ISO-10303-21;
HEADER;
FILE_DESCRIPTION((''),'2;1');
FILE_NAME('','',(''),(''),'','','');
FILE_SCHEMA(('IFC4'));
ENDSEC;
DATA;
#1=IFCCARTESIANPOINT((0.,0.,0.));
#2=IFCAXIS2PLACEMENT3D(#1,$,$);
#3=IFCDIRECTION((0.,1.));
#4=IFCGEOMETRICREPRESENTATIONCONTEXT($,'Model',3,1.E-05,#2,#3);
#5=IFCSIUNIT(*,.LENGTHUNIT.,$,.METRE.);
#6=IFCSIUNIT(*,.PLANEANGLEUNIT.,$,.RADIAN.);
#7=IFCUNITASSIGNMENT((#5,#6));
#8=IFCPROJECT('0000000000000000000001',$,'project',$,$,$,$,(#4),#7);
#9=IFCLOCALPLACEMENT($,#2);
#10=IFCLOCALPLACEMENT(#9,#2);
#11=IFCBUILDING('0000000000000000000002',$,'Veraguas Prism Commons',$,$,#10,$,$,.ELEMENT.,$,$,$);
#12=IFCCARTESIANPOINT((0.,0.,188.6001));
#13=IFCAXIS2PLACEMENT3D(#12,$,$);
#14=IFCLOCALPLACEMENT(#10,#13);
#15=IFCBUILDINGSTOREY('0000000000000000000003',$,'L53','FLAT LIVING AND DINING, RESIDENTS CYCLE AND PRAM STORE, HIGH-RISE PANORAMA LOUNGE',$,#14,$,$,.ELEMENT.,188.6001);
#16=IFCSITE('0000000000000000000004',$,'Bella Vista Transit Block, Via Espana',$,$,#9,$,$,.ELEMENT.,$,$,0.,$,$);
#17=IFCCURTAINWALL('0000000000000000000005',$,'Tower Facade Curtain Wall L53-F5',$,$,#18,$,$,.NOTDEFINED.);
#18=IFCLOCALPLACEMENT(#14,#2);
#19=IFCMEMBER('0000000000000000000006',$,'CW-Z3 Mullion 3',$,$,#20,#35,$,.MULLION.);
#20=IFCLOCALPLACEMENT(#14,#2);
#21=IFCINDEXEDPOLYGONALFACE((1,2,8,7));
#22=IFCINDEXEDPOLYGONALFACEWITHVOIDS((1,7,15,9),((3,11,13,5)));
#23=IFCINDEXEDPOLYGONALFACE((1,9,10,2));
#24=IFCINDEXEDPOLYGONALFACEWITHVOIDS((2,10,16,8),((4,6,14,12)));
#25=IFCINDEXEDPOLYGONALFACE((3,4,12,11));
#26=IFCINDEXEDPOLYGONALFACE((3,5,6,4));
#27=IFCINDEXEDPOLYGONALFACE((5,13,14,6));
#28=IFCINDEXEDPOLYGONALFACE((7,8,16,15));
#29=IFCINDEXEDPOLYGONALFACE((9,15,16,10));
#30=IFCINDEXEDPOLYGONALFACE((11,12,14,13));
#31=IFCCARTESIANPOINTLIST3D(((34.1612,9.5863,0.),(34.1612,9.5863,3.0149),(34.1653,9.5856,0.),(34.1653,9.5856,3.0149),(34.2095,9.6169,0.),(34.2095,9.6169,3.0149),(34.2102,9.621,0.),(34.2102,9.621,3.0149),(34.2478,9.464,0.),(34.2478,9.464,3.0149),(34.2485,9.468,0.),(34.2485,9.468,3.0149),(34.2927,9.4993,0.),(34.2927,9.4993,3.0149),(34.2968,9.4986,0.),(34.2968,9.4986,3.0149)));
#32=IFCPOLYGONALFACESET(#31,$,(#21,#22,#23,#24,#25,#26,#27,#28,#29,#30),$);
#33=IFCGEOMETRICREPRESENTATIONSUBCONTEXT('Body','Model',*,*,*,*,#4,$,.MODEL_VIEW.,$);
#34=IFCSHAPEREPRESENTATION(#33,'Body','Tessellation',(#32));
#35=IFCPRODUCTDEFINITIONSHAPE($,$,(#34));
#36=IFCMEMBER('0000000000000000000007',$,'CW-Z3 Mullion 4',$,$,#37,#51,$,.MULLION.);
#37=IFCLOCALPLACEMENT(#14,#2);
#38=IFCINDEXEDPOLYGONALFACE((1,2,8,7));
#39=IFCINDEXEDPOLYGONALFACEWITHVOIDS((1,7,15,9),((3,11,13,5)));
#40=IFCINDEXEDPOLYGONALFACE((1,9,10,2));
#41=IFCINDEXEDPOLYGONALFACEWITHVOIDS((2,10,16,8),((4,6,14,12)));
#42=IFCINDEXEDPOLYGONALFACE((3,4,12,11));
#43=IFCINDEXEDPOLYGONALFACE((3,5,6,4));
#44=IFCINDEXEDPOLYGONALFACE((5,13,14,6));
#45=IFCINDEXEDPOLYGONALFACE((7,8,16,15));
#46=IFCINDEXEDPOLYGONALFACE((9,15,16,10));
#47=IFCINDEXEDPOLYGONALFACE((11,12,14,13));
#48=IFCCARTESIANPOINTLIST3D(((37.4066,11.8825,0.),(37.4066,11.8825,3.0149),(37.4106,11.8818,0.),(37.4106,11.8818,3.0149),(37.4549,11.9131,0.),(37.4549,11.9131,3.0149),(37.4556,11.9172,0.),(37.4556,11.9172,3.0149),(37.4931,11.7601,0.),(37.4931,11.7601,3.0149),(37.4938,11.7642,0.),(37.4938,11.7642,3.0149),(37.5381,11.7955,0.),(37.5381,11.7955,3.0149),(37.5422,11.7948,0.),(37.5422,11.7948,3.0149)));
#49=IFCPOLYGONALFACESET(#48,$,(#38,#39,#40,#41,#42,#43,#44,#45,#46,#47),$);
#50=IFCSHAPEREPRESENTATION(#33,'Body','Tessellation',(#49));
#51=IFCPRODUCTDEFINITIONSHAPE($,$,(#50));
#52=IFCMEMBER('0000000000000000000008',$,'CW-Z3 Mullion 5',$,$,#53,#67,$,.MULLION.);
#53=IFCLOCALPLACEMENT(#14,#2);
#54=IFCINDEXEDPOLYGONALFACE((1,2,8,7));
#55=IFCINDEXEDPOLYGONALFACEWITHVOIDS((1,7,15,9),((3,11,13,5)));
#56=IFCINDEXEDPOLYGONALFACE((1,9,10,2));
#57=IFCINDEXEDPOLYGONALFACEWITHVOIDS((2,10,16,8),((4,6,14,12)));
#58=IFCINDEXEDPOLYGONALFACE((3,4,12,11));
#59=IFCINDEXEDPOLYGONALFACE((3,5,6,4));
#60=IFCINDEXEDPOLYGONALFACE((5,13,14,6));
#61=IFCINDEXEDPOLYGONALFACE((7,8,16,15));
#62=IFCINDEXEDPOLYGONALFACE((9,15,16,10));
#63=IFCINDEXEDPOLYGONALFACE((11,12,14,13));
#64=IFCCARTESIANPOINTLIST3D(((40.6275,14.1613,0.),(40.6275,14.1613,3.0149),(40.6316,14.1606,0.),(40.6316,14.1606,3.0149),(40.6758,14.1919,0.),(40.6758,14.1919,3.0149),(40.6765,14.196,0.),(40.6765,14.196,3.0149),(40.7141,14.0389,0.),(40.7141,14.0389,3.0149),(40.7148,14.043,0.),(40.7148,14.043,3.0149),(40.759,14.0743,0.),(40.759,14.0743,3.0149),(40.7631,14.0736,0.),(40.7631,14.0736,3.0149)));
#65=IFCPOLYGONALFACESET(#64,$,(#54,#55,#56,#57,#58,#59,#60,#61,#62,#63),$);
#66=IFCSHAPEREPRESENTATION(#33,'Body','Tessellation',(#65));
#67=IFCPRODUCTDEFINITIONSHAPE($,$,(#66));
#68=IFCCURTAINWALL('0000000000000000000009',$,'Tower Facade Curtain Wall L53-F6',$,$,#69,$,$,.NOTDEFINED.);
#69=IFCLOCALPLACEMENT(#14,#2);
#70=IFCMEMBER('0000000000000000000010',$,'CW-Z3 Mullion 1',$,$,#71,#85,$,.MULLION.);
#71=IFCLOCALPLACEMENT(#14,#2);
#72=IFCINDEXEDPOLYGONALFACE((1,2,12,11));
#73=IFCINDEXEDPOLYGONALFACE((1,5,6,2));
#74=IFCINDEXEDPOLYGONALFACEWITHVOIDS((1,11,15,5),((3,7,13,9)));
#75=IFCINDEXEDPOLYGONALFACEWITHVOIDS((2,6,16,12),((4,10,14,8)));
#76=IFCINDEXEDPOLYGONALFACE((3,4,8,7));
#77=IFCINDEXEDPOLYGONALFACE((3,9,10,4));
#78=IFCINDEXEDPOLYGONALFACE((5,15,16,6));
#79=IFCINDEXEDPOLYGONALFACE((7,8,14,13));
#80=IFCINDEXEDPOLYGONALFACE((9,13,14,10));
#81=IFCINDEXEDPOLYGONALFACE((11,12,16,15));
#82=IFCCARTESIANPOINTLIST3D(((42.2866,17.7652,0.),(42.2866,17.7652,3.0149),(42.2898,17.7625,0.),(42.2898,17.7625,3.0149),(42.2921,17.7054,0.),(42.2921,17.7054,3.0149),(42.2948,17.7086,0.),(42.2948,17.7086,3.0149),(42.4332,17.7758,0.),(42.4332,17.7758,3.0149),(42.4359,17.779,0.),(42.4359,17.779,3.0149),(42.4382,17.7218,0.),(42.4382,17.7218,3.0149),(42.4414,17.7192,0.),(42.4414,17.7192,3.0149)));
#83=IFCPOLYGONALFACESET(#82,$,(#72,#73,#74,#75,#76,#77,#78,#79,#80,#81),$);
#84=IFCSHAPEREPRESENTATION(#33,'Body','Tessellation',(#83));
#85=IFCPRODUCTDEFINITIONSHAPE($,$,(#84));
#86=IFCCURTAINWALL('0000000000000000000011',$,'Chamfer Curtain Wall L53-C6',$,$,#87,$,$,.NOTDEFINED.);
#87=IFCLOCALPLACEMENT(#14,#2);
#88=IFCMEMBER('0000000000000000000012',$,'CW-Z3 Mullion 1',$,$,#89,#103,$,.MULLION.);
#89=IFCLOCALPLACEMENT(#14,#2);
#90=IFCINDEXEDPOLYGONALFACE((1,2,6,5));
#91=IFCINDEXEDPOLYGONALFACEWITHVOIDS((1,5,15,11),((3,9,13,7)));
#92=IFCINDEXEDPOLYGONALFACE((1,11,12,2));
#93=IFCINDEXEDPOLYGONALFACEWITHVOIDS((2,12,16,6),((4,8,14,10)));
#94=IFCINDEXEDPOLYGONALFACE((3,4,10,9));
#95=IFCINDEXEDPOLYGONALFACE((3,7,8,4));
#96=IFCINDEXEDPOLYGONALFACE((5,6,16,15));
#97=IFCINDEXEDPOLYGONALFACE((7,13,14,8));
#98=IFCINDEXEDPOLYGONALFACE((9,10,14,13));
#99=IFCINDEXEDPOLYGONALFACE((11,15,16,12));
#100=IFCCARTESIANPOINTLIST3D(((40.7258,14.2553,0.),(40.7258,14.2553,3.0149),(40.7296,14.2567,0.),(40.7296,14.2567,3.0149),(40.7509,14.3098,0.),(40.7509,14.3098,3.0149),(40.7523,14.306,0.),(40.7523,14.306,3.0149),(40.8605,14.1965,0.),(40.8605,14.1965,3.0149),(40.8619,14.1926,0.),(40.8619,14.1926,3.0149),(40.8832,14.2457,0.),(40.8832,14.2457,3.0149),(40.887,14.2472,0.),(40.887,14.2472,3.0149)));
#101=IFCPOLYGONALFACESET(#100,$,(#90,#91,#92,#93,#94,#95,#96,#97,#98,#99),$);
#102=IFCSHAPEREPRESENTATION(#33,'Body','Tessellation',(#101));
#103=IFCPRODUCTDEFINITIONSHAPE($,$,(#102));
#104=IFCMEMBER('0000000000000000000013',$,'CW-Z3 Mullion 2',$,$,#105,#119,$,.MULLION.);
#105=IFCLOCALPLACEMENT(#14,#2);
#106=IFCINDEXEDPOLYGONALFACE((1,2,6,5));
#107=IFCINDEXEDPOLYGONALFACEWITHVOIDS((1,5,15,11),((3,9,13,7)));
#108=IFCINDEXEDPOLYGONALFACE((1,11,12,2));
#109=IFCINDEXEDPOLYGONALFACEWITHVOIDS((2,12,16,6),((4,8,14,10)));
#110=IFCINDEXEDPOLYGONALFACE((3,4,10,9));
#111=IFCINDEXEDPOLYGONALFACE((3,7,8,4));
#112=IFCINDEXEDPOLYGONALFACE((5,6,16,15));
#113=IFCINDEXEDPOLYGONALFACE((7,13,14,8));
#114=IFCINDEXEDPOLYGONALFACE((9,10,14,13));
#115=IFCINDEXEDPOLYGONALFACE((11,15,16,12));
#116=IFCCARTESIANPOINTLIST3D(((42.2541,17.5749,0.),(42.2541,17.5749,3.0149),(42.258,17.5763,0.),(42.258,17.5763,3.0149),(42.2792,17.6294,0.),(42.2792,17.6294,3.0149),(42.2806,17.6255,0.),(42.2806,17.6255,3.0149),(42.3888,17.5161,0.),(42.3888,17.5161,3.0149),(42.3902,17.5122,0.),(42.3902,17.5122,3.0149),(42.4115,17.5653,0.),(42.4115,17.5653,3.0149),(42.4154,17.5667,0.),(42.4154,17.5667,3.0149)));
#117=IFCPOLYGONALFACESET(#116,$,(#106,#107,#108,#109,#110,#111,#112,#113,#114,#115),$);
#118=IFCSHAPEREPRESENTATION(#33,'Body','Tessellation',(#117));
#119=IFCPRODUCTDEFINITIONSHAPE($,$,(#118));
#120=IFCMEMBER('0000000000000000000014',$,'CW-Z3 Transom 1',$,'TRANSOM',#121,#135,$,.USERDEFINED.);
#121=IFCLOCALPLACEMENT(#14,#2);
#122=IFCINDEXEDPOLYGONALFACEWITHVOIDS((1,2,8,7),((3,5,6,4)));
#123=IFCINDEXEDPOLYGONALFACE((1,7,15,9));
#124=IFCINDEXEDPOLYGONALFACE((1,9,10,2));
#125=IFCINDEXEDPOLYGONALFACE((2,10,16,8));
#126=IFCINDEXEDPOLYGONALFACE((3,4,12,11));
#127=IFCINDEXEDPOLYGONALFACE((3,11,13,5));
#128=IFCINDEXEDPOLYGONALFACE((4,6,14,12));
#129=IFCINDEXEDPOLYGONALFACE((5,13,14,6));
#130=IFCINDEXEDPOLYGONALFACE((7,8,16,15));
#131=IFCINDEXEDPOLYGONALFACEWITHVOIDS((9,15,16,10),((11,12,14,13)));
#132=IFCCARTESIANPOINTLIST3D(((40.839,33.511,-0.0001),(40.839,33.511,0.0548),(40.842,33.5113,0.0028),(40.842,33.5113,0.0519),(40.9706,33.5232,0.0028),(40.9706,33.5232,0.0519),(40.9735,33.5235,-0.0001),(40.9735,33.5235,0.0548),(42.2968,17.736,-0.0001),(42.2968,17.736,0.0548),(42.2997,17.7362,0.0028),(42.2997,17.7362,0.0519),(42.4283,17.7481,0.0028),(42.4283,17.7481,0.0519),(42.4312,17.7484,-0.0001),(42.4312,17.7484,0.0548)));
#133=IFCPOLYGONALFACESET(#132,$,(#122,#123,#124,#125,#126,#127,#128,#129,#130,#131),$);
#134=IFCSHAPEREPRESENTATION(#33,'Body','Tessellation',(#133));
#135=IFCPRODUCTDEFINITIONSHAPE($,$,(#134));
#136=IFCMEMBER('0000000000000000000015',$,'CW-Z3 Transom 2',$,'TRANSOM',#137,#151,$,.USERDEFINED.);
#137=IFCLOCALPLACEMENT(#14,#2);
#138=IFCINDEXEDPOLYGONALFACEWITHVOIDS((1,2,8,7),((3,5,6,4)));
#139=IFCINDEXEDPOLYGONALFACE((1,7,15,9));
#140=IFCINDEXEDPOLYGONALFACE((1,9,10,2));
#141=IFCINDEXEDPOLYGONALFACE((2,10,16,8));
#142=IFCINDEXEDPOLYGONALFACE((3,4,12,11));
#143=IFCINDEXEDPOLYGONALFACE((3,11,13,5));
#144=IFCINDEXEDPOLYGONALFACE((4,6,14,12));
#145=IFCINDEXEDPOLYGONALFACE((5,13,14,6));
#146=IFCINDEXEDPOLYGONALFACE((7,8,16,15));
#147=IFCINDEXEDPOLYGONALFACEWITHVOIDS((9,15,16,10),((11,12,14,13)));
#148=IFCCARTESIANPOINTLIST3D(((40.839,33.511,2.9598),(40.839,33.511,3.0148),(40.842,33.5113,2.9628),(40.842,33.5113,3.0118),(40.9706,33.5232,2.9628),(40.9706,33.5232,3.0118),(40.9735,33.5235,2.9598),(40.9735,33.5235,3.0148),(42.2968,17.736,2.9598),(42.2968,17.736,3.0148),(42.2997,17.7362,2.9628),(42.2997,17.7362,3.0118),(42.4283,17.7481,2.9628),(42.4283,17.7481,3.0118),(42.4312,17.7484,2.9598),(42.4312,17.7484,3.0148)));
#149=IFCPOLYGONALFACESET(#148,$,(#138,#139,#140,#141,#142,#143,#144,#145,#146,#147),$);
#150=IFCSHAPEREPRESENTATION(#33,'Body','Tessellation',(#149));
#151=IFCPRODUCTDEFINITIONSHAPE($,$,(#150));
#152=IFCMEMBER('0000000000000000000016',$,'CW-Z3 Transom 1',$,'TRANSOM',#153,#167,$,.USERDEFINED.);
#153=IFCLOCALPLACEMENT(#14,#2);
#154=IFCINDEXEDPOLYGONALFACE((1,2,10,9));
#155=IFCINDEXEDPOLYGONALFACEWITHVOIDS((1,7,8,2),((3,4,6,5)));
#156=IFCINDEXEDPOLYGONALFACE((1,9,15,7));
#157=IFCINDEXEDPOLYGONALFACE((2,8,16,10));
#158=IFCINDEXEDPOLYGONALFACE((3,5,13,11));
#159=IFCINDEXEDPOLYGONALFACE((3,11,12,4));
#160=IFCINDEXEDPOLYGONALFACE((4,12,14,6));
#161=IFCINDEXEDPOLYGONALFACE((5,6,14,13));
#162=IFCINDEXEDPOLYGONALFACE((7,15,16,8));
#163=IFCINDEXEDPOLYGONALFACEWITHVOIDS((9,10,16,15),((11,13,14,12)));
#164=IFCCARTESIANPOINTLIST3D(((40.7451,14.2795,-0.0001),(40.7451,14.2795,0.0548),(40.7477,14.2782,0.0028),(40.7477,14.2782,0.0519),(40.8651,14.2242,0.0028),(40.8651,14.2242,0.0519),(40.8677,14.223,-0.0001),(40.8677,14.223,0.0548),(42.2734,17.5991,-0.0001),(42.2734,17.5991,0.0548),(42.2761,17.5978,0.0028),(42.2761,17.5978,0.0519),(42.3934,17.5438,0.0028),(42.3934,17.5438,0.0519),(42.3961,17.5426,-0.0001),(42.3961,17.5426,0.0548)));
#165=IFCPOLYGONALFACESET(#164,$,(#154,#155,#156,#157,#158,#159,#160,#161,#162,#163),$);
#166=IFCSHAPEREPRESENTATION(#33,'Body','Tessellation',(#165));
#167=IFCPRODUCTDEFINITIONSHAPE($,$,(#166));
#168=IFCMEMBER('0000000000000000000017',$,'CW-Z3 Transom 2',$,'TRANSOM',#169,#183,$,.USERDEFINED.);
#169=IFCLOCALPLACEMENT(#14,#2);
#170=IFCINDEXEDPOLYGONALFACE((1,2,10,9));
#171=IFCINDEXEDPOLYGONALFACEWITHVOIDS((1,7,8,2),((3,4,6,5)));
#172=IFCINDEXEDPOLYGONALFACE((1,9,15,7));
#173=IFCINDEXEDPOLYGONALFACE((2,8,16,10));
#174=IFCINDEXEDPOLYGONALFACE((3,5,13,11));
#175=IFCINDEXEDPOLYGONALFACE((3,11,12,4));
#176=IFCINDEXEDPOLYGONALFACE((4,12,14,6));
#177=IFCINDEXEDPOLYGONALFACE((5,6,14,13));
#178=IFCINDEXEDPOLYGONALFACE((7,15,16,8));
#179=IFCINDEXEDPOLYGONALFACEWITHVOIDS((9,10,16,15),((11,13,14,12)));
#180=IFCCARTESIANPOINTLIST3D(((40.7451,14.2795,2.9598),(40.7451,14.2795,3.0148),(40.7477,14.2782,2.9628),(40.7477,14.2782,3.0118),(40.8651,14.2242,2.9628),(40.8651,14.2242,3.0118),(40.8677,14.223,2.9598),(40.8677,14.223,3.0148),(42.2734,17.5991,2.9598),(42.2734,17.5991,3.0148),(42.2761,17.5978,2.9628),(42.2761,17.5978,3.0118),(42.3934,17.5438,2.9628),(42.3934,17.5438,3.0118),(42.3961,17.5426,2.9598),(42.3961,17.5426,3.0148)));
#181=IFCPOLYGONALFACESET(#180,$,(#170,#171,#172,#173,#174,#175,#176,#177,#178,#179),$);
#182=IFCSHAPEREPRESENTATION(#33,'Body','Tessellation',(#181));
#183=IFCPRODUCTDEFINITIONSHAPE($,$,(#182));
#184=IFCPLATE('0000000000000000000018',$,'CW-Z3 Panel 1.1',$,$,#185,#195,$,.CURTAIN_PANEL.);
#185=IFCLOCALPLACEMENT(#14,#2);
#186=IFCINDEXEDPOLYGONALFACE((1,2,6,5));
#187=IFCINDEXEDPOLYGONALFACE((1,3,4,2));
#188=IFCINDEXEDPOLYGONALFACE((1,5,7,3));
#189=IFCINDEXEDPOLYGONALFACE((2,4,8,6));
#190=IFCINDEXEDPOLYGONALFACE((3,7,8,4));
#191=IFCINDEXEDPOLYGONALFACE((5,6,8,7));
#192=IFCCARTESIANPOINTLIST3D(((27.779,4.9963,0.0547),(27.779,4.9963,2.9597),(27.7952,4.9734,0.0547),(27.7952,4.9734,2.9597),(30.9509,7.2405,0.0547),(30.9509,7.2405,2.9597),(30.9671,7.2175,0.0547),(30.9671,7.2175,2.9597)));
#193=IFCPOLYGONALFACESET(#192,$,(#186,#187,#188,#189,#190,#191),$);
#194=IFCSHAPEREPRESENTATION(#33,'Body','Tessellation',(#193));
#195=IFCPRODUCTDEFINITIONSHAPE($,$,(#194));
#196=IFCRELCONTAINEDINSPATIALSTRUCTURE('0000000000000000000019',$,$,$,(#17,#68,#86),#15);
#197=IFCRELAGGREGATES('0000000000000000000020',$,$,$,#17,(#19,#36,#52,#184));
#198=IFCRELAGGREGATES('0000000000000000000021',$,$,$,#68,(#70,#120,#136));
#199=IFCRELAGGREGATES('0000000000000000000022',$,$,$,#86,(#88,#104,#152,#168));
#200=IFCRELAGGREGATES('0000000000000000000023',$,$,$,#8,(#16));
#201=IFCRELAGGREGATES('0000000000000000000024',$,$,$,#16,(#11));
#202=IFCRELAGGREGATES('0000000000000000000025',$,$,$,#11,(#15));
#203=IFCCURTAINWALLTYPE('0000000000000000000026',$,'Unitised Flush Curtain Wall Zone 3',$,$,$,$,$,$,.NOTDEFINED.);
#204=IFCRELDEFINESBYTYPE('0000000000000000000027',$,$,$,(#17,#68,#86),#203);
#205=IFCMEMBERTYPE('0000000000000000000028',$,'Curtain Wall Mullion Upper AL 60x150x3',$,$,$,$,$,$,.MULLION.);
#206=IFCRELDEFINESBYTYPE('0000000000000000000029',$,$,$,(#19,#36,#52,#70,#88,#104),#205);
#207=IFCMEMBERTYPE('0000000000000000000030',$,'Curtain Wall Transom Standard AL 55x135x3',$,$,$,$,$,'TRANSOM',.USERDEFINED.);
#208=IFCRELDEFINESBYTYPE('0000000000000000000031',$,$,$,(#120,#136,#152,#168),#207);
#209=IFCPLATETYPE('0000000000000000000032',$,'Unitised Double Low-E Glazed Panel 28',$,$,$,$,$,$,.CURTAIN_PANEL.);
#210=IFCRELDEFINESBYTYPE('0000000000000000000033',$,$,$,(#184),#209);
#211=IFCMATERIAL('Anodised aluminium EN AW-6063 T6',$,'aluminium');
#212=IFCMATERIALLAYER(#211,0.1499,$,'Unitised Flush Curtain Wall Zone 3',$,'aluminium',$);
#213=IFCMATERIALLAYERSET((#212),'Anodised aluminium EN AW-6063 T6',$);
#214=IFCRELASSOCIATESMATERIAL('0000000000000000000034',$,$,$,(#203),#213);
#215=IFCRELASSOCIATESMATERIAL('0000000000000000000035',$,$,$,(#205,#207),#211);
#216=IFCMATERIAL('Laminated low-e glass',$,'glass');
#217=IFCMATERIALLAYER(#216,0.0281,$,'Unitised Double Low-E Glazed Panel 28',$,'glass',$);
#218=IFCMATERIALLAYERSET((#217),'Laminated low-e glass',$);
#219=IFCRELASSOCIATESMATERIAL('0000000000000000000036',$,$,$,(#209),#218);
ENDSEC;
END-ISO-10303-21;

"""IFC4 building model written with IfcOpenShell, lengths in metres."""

from ifc_helpers import new_model, si_unit, direction, frame, origin, origin_2d, place, context, subcontext, project, spatial, rectangle, hollow_rectangle, extrude, source, transform, mapped, material, layer, layer_set, material_profile, profile_set, type_object, element, aggregate, save


model = new_model("IFC4")

# Units and contexts
model_context = context("Model", 3, precision=1e-05, world=origin(), true_north=direction((0.0, 1.0)))
body_context = subcontext(model_context, "Body", "Model", "MODEL_VIEW")
ifc_project = project(units=[si_unit("LENGTHUNIT", "METRE"), si_unit("PLANEANGLEUNIT", "RADIAN")], contexts=[model_context])

# Site, building, storey
site_placement = place(None, origin())
site = spatial("IfcSite", under=ifc_project, at=site_placement, Name="Bella Vista Transit Block, Via Espana", CompositionType="ELEMENT", RefElevation=0.0)
building_placement = place(site_placement, origin())
building = spatial("IfcBuilding", under=site, at=building_placement, Name="Veraguas Prism Commons", CompositionType="ELEMENT")
storey_placement = place(building_placement, frame((0.0, 0.0, 188.6001)))
storey = spatial("IfcBuildingStorey", under=building, at=storey_placement, Name="L53", Description="FLAT LIVING AND DINING, RESIDENTS CYCLE AND PRAM STORE, HIGH-RISE PANORAMA LOUNGE", CompositionType="ELEMENT", Elevation=188.6001)

# Curtain wall, members
ifc_material_1 = material(Name="Anodised aluminium EN AW-6063 T6", Category="aluminium")
ifc_layer_1 = layer(ifc_material_1, 0.1499, Name="Unitised Flush Curtain Wall Zone 3", Category="aluminium")
ifc_layer_set_1 = layer_set([ifc_layer_1], Name="Anodised aluminium EN AW-6063 T6")
curtain_wall_type = type_object("IfcCurtainWallType", Name="Unitised Flush Curtain Wall Zone 3", PredefinedType="NOTDEFINED", material=ifc_layer_set_1)
curtain_wall_1_placement = place(storey_placement, origin())
curtain_wall_1 = element("IfcCurtainWall", 1, at=curtain_wall_1_placement, inside=storey, type_object=curtain_wall_type, Name="Tower Facade Curtain Wall L53-F5", PredefinedType="NOTDEFINED")
ifc_material_profile_1 = material_profile(ifc_material_1, hollow_rectangle(XDim=0.0601, YDim=0.1499, WallThickness=0.0029, at=origin_2d()), Name="AL60X150X3")
ifc_profile_set_1 = profile_set([ifc_material_profile_1], Name="Anodised aluminium EN AW-6063 T6")
member_type_1 = type_object("IfcMemberType", Name="Curtain Wall Mullion Upper AL 60x150x3", PredefinedType="MULLION", material=ifc_profile_set_1)
shared_shape_1 = source(origin(), body_context, "Body", "SweptSolid", [
    extrude(hollow_rectangle(XDim=0.0601, YDim=0.1499, WallThickness=0.0029, at=origin_2d()), origin(), (0.0, 0.0, 1.0), 3.0149),
])
member_1_placement = place(storey_placement, frame((34.229, 9.5425, 0.0), z_axis=(0.0, 0.0, 1.0), x_axis=(0.816341, 0.57757, 0.0)))
member_1 = element("IfcMember", 2, at=member_1_placement, type_object=member_type_1, Name="CW-Z3 Mullion 3", PredefinedType="MULLION", context=body_context, shape_type="MappedRepresentation", body=[
    mapped(shared_shape_1, transform((0.0, 0.0, 0.0), scale=1.0)),
])
member_2_placement = place(storey_placement, frame((37.4744, 11.8386, 0.0), z_axis=(0.0, 0.0, 1.0), x_axis=(0.816341, 0.57757, 0.0)))
member_2 = element("IfcMember", 3, at=member_2_placement, type_object=member_type_1, Name="CW-Z3 Mullion 4", PredefinedType="MULLION", context=body_context, shape_type="MappedRepresentation", body=[
    mapped(shared_shape_1, transform((0.0, 0.0, 0.0), scale=1.0)),
])
member_3_placement = place(storey_placement, frame((40.6953, 14.1174, 0.0), z_axis=(0.0, 0.0, 1.0), x_axis=(0.816341, 0.57757, 0.0)))
member_3 = element("IfcMember", 4, at=member_3_placement, type_object=member_type_1, Name="CW-Z3 Mullion 5", PredefinedType="MULLION", context=body_context, shape_type="MappedRepresentation", body=[
    mapped(shared_shape_1, transform((0.0, 0.0, 0.0), scale=1.0)),
])

# Curtain wall, member
curtain_wall_2_placement = place(storey_placement, origin())
curtain_wall_2 = element("IfcCurtainWall", 5, at=curtain_wall_2_placement, inside=storey, type_object=curtain_wall_type, Name="Tower Facade Curtain Wall L53-F6", PredefinedType="NOTDEFINED")
member_4_placement = place(storey_placement, frame((42.364, 17.7422, 0.0), z_axis=(0.0, 0.0, 1.0), x_axis=(-0.092023, 0.995757, 0.0)))
member_4 = element("IfcMember", 6, at=member_4_placement, type_object=member_type_1, Name="CW-Z3 Mullion 1", PredefinedType="MULLION", context=body_context, shape_type="MappedRepresentation", body=[
    mapped(shared_shape_1, transform((0.0, 0.0, 0.0), scale=1.0)),
])

# Curtain wall, members
curtain_wall_3_placement = place(storey_placement, origin())
curtain_wall_3 = element("IfcCurtainWall", 7, at=curtain_wall_3_placement, inside=storey, type_object=curtain_wall_type, Name="Chamfer Curtain Wall L53-C6", PredefinedType="NOTDEFINED")
member_5_placement = place(storey_placement, frame((40.8064, 14.2512, 0.0), z_axis=(0.0, 0.0, 1.0), x_axis=(0.418186, 0.908362, 0.0)))
member_5 = element("IfcMember", 8, at=member_5_placement, type_object=member_type_1, Name="CW-Z3 Mullion 1", PredefinedType="MULLION", context=body_context, shape_type="MappedRepresentation", body=[
    mapped(shared_shape_1, transform((0.0, 0.0, 0.0), scale=1.0)),
])
member_6_placement = place(storey_placement, frame((42.3347, 17.5708, 0.0), z_axis=(0.0, 0.0, 1.0), x_axis=(0.418186, 0.908362, 0.0)))
member_6 = element("IfcMember", 9, at=member_6_placement, type_object=member_type_1, Name="CW-Z3 Mullion 2", PredefinedType="MULLION", context=body_context, shape_type="MappedRepresentation", body=[
    mapped(shared_shape_1, transform((0.0, 0.0, 0.0), scale=1.0)),
])

# Members
ifc_material_profile_2 = material_profile(ifc_material_1, hollow_rectangle(XDim=0.0549, YDim=0.135, WallThickness=0.0029, at=origin_2d()), Name="AL55X135X3")
ifc_profile_set_2 = profile_set([ifc_material_profile_2], Name="Anodised aluminium EN AW-6063 T6")
member_type_2 = type_object("IfcMemberType", Name="Curtain Wall Transom Standard AL 55x135x3", ElementType="TRANSOM", PredefinedType="USERDEFINED", material=ifc_profile_set_2)
shared_shape_2 = source(origin(), body_context, "Body", "SweptSolid", [
    extrude(hollow_rectangle(XDim=0.0549, YDim=0.135, WallThickness=0.0029, at=origin_2d()), origin(), (0.0, 0.0, 1.0), 15.8423),
])
member_7_placement = place(storey_placement, frame((42.364, 17.7422, 0.0273), z_axis=(-0.092017, 0.995757, 0.0), x_axis=(0.0, 0.0, 1.0)))
member_7 = element("IfcMember", 10, at=member_7_placement, type_object=member_type_2, Name="CW-Z3 Transom 1", ObjectType="TRANSOM", PredefinedType="USERDEFINED", context=body_context, shape_type="MappedRepresentation", body=[
    mapped(shared_shape_2, transform((0.0, 0.0, 0.0), scale=1.0)),
])
member_8_placement = place(storey_placement, frame((42.364, 17.7422, 2.9873), z_axis=(-0.092017, 0.995757, 0.0), x_axis=(0.0, 0.0, 1.0)))
member_8 = element("IfcMember", 11, at=member_8_placement, type_object=member_type_2, Name="CW-Z3 Transom 2", ObjectType="TRANSOM", PredefinedType="USERDEFINED", context=body_context, shape_type="MappedRepresentation", body=[
    mapped(shared_shape_2, transform((0.0, 0.0, 0.0), scale=1.0)),
])
shared_shape_3 = source(origin(), body_context, "Body", "SweptSolid", [
    extrude(hollow_rectangle(XDim=0.0549, YDim=0.135, WallThickness=0.0029, at=origin_2d()), origin(), (0.0, 0.0, 1.0), 3.6545),
])
member_9_placement = place(storey_placement, frame((40.8064, 14.2512, 0.0273), z_axis=(0.418202, 0.908354, 0.0), x_axis=(0.0, 0.0, 1.0)))
member_9 = element("IfcMember", 12, at=member_9_placement, type_object=member_type_2, Name="CW-Z3 Transom 1", ObjectType="TRANSOM", PredefinedType="USERDEFINED", context=body_context, shape_type="MappedRepresentation", body=[
    mapped(shared_shape_3, transform((0.0, 0.0, 0.0), scale=1.0)),
])
member_10_placement = place(storey_placement, frame((40.8064, 14.2512, 2.9873), z_axis=(0.418202, 0.908354, 0.0), x_axis=(0.0, 0.0, 1.0)))
member_10 = element("IfcMember", 13, at=member_10_placement, type_object=member_type_2, Name="CW-Z3 Transom 2", ObjectType="TRANSOM", PredefinedType="USERDEFINED", context=body_context, shape_type="MappedRepresentation", body=[
    mapped(shared_shape_3, transform((0.0, 0.0, 0.0), scale=1.0)),
])

# Plate
ifc_material_2 = material(Name="Laminated low-e glass", Category="glass")
ifc_layer_2 = layer(ifc_material_2, 0.0281, Name="Unitised Double Low-E Glazed Panel 28", Category="glass")
ifc_layer_set_2 = layer_set([ifc_layer_2], Name="Laminated low-e glass")
plate_type = type_object("IfcPlateType", Name="Unitised Double Low-E Glazed Panel 28", PredefinedType="CURTAIN_PANEL", material=ifc_layer_set_2)
shared_shape_4 = source(origin(), body_context, "Body", "SweptSolid", [
    extrude(rectangle(XDim=3.8855, YDim=0.0281, at=origin_2d()), origin(), (0.0, 0.0, 1.0), 2.905),
])
plate_1_placement = place(storey_placement, frame((29.373, 6.1069, 0.0547), z_axis=(0.0, 0.0, 1.0), x_axis=(0.816341, 0.57757, 0.0)))
plate_1 = element("IfcPlate", 14, at=plate_1_placement, type_object=plate_type, Name="CW-Z3 Panel 1.1", PredefinedType="CURTAIN_PANEL", context=body_context, shape_type="MappedRepresentation", body=[
    mapped(shared_shape_4, transform((0.0, 0.0, 0.0), scale=1.0)),
])
aggregate(curtain_wall_1, [member_1, member_2, member_3, plate_1])
aggregate(curtain_wall_2, [member_4, member_7, member_8])
aggregate(curtain_wall_3, [member_5, member_6, member_9, member_10])

save(model, "model.ifc")
